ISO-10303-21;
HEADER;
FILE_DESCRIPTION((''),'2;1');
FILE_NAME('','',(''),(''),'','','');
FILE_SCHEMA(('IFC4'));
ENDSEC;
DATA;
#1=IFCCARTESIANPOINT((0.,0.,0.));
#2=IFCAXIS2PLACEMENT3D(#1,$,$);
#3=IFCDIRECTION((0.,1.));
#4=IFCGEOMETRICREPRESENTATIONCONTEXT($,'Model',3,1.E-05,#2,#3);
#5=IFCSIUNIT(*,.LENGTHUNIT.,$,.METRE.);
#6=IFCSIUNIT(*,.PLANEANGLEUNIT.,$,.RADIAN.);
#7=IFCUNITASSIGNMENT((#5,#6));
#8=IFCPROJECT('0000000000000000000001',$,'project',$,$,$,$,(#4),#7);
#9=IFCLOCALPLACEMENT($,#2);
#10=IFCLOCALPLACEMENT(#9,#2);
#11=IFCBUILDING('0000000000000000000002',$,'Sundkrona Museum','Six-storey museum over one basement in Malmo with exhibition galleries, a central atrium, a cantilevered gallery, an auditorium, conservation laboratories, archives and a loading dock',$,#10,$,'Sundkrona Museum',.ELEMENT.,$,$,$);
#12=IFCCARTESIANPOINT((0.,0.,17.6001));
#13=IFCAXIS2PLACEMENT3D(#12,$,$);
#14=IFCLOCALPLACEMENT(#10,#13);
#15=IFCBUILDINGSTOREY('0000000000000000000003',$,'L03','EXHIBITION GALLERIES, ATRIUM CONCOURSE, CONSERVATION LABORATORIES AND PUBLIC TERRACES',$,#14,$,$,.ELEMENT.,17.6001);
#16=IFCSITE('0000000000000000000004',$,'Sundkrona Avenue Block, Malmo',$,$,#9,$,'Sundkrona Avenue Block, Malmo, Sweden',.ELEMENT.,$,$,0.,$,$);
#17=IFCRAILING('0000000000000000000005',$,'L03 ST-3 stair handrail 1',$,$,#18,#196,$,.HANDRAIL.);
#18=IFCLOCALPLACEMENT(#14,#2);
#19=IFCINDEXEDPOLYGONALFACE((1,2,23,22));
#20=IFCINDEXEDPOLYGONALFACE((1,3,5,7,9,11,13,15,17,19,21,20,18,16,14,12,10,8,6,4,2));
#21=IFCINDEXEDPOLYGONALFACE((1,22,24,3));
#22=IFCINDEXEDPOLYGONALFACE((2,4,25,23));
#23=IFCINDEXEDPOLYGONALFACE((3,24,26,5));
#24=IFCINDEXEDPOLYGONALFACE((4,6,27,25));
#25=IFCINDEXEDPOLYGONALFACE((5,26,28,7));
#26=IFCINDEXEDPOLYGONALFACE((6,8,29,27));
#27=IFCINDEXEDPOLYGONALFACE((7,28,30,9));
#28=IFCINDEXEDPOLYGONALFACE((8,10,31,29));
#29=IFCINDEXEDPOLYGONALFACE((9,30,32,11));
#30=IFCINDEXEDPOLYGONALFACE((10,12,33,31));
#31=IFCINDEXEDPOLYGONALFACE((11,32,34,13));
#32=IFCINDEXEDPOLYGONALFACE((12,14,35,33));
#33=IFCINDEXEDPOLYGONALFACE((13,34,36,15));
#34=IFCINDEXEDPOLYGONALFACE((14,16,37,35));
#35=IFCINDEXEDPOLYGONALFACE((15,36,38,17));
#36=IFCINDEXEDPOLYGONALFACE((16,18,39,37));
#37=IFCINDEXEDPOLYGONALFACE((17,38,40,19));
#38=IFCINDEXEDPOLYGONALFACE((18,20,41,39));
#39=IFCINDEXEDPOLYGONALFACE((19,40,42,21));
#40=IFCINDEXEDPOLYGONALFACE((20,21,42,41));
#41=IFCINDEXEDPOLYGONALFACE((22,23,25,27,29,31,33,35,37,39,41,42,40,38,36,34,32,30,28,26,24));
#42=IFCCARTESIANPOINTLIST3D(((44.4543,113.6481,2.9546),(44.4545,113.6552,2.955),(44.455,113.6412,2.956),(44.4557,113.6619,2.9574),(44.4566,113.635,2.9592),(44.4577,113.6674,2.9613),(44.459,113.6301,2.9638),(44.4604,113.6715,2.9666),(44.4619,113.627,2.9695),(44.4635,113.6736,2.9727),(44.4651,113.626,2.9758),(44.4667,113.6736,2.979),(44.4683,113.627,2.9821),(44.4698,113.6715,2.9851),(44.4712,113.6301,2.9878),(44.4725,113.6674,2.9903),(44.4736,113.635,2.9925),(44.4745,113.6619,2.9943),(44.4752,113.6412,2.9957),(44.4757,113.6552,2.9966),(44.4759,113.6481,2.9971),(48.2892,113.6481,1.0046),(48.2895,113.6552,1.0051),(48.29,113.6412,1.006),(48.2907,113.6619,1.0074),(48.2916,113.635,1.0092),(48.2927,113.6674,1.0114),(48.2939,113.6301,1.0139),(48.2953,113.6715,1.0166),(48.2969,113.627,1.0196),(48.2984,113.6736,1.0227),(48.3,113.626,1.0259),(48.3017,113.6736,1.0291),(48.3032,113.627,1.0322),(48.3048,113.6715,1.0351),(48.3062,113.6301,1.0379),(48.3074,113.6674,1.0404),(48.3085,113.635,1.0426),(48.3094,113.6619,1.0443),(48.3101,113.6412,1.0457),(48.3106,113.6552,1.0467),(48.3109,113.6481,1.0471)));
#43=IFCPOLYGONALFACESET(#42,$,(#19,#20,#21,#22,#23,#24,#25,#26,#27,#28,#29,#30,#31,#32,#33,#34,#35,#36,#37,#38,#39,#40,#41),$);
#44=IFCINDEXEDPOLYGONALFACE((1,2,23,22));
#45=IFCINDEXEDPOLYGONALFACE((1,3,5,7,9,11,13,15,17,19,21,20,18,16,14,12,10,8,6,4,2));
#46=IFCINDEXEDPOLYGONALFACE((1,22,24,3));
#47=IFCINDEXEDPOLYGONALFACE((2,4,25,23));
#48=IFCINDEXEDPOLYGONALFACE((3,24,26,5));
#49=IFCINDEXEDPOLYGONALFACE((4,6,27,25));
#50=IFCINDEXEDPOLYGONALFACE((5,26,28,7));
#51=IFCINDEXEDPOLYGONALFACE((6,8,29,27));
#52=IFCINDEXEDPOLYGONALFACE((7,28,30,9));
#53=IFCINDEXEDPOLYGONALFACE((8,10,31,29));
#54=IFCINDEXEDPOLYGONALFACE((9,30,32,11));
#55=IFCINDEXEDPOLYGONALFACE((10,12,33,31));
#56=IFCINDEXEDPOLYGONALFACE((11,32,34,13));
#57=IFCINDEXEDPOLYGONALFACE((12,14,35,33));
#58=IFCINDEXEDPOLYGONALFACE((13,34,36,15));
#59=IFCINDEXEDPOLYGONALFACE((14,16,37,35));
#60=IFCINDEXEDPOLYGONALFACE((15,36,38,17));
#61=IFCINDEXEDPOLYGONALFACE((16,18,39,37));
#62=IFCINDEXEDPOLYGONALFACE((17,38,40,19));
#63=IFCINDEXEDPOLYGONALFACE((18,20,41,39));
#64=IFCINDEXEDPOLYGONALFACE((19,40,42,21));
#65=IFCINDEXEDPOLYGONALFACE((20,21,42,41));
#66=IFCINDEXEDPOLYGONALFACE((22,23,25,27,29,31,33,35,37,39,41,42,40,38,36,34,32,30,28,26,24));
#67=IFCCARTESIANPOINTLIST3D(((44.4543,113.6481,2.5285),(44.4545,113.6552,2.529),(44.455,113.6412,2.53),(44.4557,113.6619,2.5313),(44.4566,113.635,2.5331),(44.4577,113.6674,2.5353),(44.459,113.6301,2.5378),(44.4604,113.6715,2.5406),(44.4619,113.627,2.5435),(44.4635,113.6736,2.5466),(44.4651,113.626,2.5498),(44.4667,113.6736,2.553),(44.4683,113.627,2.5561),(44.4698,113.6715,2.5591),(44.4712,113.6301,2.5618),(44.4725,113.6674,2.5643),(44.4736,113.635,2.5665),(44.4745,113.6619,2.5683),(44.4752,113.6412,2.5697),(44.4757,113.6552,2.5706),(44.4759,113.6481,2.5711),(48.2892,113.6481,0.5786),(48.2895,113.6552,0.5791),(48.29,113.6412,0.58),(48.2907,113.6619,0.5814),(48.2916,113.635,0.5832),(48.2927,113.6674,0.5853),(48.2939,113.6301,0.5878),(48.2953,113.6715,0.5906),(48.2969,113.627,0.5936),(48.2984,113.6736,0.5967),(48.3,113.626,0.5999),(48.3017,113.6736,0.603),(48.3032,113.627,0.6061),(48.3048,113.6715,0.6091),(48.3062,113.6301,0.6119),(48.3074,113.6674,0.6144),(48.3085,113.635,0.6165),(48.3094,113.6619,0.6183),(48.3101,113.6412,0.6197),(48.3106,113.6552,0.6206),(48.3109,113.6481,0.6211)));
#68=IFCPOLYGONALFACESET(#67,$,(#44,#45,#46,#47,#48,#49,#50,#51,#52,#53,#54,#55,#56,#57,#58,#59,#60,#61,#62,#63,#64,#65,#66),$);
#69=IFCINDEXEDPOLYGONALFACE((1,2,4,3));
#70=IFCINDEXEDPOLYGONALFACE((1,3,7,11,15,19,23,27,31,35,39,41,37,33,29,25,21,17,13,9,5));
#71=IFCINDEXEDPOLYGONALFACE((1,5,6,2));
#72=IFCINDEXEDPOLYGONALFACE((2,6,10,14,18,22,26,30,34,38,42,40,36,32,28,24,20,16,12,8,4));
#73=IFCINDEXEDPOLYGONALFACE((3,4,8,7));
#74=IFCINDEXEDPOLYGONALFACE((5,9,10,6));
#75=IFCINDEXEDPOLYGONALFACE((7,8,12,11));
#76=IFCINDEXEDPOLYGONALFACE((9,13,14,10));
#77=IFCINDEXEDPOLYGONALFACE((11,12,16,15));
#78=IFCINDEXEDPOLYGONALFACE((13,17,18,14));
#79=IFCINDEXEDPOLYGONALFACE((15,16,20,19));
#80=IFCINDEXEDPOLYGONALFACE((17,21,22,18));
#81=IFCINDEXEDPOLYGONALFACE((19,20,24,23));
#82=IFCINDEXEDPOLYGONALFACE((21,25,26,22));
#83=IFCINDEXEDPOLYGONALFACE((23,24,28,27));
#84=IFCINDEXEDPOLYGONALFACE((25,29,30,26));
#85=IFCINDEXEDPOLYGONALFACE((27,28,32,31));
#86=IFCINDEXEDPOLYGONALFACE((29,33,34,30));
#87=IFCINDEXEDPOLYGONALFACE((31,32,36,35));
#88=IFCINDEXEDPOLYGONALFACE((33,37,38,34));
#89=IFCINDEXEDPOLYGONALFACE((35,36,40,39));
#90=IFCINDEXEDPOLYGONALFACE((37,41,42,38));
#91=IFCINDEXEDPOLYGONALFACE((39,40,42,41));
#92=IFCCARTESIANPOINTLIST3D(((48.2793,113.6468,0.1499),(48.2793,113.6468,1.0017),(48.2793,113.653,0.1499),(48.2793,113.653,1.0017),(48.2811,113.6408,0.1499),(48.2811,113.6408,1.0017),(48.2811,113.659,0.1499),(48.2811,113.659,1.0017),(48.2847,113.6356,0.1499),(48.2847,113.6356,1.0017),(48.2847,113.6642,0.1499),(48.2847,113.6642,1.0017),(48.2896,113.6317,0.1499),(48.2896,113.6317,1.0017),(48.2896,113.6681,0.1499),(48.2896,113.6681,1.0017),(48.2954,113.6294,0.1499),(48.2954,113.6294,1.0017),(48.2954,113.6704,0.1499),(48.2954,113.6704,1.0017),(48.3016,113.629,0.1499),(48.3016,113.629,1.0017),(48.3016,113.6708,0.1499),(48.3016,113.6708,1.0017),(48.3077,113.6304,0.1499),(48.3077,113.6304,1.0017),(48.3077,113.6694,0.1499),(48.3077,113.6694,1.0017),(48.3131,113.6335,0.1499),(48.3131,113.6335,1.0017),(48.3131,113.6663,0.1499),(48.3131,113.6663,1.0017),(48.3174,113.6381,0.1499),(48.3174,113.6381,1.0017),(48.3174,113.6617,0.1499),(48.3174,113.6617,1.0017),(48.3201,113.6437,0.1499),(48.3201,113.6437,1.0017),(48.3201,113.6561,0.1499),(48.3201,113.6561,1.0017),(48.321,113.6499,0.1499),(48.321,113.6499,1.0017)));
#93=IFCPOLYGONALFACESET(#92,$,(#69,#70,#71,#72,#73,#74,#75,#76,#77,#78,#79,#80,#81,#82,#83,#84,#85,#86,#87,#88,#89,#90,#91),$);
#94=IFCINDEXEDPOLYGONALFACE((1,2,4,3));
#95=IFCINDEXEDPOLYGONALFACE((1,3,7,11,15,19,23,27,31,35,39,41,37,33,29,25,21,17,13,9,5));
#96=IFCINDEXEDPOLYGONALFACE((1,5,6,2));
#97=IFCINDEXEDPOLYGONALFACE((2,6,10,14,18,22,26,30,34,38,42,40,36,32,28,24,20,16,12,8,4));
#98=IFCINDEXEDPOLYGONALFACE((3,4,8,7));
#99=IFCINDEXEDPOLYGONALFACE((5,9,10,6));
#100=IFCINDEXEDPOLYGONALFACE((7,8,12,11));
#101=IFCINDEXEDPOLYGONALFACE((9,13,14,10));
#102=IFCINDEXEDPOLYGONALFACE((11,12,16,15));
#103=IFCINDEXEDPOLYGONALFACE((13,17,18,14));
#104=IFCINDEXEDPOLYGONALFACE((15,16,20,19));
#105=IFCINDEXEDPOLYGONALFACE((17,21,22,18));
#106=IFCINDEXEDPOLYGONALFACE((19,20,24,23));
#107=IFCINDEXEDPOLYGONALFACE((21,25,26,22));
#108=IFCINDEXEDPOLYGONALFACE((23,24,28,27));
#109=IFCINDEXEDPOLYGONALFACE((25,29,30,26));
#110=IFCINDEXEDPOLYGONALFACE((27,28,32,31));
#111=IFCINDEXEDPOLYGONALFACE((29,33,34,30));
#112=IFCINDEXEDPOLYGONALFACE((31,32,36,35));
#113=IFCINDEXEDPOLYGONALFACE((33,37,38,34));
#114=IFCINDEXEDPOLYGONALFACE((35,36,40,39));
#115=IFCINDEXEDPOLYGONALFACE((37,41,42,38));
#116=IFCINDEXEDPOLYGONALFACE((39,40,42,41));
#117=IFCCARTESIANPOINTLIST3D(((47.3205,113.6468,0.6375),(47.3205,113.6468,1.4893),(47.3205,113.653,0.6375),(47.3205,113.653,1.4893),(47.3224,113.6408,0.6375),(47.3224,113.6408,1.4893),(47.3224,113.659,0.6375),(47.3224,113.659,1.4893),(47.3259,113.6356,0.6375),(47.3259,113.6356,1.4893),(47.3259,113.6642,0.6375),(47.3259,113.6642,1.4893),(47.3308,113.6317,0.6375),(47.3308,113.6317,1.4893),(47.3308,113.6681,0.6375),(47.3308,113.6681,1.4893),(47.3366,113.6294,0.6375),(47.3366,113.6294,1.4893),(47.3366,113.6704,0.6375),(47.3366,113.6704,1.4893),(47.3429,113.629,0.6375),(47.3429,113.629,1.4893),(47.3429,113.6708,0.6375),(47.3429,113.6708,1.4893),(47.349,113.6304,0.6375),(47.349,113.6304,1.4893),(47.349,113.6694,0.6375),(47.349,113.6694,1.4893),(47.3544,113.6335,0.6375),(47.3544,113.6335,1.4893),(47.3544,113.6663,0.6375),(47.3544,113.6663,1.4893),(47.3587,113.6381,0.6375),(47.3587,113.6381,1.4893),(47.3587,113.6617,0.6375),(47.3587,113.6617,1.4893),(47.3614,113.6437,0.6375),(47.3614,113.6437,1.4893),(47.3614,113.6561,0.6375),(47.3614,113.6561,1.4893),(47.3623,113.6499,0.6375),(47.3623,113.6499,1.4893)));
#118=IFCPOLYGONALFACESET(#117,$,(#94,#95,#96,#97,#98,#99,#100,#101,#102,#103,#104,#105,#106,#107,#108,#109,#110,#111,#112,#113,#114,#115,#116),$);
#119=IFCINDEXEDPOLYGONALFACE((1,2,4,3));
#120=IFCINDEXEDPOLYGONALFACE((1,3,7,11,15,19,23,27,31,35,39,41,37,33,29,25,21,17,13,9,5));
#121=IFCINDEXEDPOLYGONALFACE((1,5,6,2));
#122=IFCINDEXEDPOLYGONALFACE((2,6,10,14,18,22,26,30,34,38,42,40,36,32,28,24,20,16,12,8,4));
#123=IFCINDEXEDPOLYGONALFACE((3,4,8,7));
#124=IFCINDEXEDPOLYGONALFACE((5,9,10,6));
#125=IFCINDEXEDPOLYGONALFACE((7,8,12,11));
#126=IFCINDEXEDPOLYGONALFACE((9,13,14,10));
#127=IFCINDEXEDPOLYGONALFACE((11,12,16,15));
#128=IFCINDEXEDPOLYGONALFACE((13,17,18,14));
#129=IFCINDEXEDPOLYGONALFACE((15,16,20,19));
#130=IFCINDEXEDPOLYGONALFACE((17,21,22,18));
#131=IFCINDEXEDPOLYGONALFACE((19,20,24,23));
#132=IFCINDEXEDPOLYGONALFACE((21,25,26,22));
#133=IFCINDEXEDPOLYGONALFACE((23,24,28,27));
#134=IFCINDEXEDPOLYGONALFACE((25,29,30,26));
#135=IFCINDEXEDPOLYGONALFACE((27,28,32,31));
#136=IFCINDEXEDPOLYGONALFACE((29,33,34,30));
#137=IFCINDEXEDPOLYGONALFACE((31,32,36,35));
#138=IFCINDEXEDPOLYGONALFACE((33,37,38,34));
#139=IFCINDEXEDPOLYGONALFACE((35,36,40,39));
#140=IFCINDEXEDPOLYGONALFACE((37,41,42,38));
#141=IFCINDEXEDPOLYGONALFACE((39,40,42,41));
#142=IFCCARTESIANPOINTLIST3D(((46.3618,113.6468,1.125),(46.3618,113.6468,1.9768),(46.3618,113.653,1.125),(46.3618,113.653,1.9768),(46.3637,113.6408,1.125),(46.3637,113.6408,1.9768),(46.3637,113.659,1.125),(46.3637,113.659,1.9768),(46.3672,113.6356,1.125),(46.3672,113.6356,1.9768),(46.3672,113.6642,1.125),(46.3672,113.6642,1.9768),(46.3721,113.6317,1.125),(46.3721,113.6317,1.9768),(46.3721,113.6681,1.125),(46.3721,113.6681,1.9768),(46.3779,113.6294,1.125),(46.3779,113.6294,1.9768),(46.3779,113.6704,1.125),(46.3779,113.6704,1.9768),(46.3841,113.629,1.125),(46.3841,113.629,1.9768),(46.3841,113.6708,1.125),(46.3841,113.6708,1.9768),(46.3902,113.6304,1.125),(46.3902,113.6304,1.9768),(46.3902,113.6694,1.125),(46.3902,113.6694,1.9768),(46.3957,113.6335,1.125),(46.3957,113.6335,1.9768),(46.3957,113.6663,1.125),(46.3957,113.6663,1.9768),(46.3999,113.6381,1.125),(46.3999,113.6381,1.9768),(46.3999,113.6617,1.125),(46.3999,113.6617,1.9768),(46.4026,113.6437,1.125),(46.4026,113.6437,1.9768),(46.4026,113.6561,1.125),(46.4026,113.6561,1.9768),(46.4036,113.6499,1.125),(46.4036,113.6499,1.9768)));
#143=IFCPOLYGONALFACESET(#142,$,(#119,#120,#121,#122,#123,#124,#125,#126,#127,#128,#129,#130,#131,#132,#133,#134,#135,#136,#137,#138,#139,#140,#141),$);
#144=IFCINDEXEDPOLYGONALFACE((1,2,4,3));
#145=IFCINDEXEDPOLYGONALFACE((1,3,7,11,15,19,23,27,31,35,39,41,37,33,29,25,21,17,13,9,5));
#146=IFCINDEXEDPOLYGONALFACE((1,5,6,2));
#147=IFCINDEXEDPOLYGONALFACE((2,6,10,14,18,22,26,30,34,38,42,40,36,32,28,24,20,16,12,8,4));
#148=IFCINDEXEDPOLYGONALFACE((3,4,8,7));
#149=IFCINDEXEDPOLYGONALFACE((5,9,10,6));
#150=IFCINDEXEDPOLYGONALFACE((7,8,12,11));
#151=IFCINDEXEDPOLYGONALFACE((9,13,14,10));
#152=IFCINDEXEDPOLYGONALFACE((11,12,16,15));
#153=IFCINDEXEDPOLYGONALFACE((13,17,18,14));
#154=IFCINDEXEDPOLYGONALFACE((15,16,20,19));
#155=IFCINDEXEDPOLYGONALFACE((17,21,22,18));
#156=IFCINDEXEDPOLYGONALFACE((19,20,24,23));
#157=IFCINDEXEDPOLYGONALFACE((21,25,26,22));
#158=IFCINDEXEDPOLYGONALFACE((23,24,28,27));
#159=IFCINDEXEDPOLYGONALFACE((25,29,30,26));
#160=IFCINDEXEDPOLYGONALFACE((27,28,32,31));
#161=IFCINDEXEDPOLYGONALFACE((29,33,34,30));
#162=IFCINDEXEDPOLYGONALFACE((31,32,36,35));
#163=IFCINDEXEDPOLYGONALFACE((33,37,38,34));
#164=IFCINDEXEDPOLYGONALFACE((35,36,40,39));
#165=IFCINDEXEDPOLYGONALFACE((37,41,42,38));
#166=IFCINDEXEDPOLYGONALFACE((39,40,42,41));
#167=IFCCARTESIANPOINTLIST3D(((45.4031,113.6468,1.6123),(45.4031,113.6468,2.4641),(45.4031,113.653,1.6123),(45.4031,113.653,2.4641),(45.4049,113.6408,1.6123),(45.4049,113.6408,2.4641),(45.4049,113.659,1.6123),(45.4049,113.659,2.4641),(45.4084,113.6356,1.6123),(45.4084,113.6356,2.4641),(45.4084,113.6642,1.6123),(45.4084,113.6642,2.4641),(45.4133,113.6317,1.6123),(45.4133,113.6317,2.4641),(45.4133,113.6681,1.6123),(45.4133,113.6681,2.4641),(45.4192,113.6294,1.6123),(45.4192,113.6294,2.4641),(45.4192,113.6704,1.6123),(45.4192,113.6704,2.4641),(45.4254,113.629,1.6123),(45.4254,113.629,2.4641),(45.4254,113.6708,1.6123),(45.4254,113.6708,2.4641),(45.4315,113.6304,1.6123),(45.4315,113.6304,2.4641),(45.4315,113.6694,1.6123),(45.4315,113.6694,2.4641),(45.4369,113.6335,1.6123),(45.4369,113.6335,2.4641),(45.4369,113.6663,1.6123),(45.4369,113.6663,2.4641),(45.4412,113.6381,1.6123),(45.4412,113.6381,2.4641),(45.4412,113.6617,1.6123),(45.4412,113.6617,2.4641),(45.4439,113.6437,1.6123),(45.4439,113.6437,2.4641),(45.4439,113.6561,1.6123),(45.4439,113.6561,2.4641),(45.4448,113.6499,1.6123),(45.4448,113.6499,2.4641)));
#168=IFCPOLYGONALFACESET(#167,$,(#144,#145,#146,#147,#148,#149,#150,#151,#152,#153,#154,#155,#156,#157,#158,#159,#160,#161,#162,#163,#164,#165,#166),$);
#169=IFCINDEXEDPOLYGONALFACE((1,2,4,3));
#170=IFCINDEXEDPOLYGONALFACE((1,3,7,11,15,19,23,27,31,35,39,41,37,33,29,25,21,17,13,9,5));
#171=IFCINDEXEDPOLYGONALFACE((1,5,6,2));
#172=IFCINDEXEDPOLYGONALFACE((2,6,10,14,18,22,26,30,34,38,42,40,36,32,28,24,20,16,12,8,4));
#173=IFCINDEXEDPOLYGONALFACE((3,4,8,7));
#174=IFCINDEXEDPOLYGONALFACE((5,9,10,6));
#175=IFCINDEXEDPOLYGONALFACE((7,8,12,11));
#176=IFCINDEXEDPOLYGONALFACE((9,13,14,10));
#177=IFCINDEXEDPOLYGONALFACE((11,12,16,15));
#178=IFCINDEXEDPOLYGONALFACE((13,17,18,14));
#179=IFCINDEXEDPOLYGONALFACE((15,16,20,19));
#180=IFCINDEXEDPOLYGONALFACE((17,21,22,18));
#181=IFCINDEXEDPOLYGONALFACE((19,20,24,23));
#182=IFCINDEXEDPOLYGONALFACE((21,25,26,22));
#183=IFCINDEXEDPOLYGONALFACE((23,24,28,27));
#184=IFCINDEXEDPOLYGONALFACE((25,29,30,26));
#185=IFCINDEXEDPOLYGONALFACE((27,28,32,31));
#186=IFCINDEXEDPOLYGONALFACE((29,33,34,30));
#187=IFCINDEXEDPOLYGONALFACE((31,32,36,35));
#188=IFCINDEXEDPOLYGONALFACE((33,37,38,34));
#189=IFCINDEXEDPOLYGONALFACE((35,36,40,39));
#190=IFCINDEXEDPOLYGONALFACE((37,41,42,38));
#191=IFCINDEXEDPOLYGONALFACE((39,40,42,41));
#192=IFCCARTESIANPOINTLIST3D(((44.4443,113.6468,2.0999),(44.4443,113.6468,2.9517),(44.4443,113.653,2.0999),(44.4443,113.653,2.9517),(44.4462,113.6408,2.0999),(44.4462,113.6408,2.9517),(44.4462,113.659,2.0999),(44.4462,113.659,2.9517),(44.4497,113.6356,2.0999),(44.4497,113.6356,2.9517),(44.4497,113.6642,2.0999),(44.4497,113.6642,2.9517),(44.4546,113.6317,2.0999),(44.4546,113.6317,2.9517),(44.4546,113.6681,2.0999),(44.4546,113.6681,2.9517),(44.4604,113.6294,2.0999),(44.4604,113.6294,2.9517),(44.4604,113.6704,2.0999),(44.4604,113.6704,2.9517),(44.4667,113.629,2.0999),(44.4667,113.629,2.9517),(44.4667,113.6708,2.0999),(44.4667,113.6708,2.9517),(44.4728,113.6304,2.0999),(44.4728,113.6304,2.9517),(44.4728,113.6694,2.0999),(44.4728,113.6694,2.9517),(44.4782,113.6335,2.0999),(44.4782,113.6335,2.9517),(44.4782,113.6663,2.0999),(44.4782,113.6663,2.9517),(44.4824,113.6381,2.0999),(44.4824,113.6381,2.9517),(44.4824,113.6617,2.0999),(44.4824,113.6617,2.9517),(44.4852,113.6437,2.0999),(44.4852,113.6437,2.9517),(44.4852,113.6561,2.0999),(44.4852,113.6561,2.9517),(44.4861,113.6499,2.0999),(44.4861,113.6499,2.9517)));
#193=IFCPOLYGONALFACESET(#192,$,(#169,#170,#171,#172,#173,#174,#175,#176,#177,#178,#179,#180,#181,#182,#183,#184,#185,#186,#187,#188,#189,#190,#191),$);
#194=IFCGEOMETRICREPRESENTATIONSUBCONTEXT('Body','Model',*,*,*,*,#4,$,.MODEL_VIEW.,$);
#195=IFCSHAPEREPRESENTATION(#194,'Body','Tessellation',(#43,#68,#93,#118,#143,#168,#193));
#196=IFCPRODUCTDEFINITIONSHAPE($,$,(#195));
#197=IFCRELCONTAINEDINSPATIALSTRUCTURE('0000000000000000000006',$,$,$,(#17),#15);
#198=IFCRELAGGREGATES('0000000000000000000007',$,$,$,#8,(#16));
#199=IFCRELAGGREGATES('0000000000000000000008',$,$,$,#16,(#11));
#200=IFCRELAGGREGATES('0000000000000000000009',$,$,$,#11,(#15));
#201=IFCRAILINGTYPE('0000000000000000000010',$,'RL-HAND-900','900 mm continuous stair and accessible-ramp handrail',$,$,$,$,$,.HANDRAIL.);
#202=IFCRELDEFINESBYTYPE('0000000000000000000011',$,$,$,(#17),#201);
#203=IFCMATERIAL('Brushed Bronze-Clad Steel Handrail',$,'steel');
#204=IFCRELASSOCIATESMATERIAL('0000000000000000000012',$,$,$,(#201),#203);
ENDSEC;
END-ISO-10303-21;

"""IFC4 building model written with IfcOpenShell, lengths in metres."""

from ifc_helpers import new_model, si_unit, direction, frame, origin, origin_2d, place, context, subcontext, project, spatial, circle, extrude, material, type_object, element, save


model = new_model("IFC4")

# Units and contexts
model_context = context("Model", 3, precision=1e-05, world=origin(), true_north=direction((0.0, 1.0)))
body_context = subcontext(model_context, "Body", "Model", "MODEL_VIEW")
ifc_project = project(units=[si_unit("LENGTHUNIT", "METRE"), si_unit("PLANEANGLEUNIT", "RADIAN")], contexts=[model_context])

# Site, building, storey
site_placement = place(None, origin())
site = spatial("IfcSite", under=ifc_project, at=site_placement, Name="Sundkrona Avenue Block, Malmo", LongName="Sundkrona Avenue Block, Malmo, Sweden", CompositionType="ELEMENT", RefElevation=0.0)
building_placement = place(site_placement, origin())
building = spatial("IfcBuilding", under=site, at=building_placement, Name="Sundkrona Museum", Description="Six-storey museum over one basement in Malmo with exhibition galleries, a central atrium, a cantilevered gallery, an auditorium, conservation laboratories, archives and a loading dock", LongName="Sundkrona Museum", CompositionType="ELEMENT")
storey_placement = place(building_placement, frame((0.0, 0.0, 17.6001)))
storey = spatial("IfcBuildingStorey", under=building, at=storey_placement, Name="L03", Description="EXHIBITION GALLERIES, ATRIUM CONCOURSE, CONSERVATION LABORATORIES AND PUBLIC TERRACES", CompositionType="ELEMENT", Elevation=17.6001)

# Railing
ifc_material_1 = material(Name="Brushed Bronze-Clad Steel Handrail", Category="steel")
railing_type_1 = type_object("IfcRailingType", Name="RL-HAND-900", Description="900 mm continuous stair and accessible-ramp handrail", PredefinedType="HANDRAIL", material=ifc_material_1)
railing_1_placement = place(storey_placement, frame((48.3, 113.6499, 0.1499)))
element("IfcRailing", 1, at=railing_1_placement, inside=storey, type_object=railing_type_1, Name="L03 ST-3 stair handrail 1", PredefinedType="HANDRAIL", context=body_context, shape_type="SweptSolid", body=[
    extrude(circle(Radius=0.0239, at=origin_2d()), frame((0.0, 0.0, 0.876), z_axis=(-0.891388, 0.0, 0.453241), x_axis=(0.0, -1.0, 0.0)), (0.0, 0.0, 1.0), 4.3022),
    extrude(circle(Radius=0.0239, at=origin_2d()), frame((0.0, 0.0, 0.45), z_axis=(-0.891388, 0.0, 0.453241), x_axis=(0.0, -1.0, 0.0)), (0.0, 0.0, 1.0), 4.3022),
    extrude(circle(Radius=0.021, at=origin_2d()), origin(), (0.0, 0.0, 1.0), 0.8518),
    extrude(circle(Radius=0.021, at=origin_2d()), frame((-0.9587, 0.0, 0.4875)), (0.0, 0.0, 1.0), 0.8518),
    extrude(circle(Radius=0.021, at=origin_2d()), frame((-1.9175, 0.0, 0.9751)), (0.0, 0.0, 1.0), 0.8518),
    extrude(circle(Radius=0.021, at=origin_2d()), frame((-2.8762, 0.0, 1.4624)), (0.0, 0.0, 1.0), 0.8518),
    extrude(circle(Radius=0.021, at=origin_2d()), frame((-3.835, 0.0, 1.95)), (0.0, 0.0, 1.0), 0.8518),
])

save(model, "model.ifc")
